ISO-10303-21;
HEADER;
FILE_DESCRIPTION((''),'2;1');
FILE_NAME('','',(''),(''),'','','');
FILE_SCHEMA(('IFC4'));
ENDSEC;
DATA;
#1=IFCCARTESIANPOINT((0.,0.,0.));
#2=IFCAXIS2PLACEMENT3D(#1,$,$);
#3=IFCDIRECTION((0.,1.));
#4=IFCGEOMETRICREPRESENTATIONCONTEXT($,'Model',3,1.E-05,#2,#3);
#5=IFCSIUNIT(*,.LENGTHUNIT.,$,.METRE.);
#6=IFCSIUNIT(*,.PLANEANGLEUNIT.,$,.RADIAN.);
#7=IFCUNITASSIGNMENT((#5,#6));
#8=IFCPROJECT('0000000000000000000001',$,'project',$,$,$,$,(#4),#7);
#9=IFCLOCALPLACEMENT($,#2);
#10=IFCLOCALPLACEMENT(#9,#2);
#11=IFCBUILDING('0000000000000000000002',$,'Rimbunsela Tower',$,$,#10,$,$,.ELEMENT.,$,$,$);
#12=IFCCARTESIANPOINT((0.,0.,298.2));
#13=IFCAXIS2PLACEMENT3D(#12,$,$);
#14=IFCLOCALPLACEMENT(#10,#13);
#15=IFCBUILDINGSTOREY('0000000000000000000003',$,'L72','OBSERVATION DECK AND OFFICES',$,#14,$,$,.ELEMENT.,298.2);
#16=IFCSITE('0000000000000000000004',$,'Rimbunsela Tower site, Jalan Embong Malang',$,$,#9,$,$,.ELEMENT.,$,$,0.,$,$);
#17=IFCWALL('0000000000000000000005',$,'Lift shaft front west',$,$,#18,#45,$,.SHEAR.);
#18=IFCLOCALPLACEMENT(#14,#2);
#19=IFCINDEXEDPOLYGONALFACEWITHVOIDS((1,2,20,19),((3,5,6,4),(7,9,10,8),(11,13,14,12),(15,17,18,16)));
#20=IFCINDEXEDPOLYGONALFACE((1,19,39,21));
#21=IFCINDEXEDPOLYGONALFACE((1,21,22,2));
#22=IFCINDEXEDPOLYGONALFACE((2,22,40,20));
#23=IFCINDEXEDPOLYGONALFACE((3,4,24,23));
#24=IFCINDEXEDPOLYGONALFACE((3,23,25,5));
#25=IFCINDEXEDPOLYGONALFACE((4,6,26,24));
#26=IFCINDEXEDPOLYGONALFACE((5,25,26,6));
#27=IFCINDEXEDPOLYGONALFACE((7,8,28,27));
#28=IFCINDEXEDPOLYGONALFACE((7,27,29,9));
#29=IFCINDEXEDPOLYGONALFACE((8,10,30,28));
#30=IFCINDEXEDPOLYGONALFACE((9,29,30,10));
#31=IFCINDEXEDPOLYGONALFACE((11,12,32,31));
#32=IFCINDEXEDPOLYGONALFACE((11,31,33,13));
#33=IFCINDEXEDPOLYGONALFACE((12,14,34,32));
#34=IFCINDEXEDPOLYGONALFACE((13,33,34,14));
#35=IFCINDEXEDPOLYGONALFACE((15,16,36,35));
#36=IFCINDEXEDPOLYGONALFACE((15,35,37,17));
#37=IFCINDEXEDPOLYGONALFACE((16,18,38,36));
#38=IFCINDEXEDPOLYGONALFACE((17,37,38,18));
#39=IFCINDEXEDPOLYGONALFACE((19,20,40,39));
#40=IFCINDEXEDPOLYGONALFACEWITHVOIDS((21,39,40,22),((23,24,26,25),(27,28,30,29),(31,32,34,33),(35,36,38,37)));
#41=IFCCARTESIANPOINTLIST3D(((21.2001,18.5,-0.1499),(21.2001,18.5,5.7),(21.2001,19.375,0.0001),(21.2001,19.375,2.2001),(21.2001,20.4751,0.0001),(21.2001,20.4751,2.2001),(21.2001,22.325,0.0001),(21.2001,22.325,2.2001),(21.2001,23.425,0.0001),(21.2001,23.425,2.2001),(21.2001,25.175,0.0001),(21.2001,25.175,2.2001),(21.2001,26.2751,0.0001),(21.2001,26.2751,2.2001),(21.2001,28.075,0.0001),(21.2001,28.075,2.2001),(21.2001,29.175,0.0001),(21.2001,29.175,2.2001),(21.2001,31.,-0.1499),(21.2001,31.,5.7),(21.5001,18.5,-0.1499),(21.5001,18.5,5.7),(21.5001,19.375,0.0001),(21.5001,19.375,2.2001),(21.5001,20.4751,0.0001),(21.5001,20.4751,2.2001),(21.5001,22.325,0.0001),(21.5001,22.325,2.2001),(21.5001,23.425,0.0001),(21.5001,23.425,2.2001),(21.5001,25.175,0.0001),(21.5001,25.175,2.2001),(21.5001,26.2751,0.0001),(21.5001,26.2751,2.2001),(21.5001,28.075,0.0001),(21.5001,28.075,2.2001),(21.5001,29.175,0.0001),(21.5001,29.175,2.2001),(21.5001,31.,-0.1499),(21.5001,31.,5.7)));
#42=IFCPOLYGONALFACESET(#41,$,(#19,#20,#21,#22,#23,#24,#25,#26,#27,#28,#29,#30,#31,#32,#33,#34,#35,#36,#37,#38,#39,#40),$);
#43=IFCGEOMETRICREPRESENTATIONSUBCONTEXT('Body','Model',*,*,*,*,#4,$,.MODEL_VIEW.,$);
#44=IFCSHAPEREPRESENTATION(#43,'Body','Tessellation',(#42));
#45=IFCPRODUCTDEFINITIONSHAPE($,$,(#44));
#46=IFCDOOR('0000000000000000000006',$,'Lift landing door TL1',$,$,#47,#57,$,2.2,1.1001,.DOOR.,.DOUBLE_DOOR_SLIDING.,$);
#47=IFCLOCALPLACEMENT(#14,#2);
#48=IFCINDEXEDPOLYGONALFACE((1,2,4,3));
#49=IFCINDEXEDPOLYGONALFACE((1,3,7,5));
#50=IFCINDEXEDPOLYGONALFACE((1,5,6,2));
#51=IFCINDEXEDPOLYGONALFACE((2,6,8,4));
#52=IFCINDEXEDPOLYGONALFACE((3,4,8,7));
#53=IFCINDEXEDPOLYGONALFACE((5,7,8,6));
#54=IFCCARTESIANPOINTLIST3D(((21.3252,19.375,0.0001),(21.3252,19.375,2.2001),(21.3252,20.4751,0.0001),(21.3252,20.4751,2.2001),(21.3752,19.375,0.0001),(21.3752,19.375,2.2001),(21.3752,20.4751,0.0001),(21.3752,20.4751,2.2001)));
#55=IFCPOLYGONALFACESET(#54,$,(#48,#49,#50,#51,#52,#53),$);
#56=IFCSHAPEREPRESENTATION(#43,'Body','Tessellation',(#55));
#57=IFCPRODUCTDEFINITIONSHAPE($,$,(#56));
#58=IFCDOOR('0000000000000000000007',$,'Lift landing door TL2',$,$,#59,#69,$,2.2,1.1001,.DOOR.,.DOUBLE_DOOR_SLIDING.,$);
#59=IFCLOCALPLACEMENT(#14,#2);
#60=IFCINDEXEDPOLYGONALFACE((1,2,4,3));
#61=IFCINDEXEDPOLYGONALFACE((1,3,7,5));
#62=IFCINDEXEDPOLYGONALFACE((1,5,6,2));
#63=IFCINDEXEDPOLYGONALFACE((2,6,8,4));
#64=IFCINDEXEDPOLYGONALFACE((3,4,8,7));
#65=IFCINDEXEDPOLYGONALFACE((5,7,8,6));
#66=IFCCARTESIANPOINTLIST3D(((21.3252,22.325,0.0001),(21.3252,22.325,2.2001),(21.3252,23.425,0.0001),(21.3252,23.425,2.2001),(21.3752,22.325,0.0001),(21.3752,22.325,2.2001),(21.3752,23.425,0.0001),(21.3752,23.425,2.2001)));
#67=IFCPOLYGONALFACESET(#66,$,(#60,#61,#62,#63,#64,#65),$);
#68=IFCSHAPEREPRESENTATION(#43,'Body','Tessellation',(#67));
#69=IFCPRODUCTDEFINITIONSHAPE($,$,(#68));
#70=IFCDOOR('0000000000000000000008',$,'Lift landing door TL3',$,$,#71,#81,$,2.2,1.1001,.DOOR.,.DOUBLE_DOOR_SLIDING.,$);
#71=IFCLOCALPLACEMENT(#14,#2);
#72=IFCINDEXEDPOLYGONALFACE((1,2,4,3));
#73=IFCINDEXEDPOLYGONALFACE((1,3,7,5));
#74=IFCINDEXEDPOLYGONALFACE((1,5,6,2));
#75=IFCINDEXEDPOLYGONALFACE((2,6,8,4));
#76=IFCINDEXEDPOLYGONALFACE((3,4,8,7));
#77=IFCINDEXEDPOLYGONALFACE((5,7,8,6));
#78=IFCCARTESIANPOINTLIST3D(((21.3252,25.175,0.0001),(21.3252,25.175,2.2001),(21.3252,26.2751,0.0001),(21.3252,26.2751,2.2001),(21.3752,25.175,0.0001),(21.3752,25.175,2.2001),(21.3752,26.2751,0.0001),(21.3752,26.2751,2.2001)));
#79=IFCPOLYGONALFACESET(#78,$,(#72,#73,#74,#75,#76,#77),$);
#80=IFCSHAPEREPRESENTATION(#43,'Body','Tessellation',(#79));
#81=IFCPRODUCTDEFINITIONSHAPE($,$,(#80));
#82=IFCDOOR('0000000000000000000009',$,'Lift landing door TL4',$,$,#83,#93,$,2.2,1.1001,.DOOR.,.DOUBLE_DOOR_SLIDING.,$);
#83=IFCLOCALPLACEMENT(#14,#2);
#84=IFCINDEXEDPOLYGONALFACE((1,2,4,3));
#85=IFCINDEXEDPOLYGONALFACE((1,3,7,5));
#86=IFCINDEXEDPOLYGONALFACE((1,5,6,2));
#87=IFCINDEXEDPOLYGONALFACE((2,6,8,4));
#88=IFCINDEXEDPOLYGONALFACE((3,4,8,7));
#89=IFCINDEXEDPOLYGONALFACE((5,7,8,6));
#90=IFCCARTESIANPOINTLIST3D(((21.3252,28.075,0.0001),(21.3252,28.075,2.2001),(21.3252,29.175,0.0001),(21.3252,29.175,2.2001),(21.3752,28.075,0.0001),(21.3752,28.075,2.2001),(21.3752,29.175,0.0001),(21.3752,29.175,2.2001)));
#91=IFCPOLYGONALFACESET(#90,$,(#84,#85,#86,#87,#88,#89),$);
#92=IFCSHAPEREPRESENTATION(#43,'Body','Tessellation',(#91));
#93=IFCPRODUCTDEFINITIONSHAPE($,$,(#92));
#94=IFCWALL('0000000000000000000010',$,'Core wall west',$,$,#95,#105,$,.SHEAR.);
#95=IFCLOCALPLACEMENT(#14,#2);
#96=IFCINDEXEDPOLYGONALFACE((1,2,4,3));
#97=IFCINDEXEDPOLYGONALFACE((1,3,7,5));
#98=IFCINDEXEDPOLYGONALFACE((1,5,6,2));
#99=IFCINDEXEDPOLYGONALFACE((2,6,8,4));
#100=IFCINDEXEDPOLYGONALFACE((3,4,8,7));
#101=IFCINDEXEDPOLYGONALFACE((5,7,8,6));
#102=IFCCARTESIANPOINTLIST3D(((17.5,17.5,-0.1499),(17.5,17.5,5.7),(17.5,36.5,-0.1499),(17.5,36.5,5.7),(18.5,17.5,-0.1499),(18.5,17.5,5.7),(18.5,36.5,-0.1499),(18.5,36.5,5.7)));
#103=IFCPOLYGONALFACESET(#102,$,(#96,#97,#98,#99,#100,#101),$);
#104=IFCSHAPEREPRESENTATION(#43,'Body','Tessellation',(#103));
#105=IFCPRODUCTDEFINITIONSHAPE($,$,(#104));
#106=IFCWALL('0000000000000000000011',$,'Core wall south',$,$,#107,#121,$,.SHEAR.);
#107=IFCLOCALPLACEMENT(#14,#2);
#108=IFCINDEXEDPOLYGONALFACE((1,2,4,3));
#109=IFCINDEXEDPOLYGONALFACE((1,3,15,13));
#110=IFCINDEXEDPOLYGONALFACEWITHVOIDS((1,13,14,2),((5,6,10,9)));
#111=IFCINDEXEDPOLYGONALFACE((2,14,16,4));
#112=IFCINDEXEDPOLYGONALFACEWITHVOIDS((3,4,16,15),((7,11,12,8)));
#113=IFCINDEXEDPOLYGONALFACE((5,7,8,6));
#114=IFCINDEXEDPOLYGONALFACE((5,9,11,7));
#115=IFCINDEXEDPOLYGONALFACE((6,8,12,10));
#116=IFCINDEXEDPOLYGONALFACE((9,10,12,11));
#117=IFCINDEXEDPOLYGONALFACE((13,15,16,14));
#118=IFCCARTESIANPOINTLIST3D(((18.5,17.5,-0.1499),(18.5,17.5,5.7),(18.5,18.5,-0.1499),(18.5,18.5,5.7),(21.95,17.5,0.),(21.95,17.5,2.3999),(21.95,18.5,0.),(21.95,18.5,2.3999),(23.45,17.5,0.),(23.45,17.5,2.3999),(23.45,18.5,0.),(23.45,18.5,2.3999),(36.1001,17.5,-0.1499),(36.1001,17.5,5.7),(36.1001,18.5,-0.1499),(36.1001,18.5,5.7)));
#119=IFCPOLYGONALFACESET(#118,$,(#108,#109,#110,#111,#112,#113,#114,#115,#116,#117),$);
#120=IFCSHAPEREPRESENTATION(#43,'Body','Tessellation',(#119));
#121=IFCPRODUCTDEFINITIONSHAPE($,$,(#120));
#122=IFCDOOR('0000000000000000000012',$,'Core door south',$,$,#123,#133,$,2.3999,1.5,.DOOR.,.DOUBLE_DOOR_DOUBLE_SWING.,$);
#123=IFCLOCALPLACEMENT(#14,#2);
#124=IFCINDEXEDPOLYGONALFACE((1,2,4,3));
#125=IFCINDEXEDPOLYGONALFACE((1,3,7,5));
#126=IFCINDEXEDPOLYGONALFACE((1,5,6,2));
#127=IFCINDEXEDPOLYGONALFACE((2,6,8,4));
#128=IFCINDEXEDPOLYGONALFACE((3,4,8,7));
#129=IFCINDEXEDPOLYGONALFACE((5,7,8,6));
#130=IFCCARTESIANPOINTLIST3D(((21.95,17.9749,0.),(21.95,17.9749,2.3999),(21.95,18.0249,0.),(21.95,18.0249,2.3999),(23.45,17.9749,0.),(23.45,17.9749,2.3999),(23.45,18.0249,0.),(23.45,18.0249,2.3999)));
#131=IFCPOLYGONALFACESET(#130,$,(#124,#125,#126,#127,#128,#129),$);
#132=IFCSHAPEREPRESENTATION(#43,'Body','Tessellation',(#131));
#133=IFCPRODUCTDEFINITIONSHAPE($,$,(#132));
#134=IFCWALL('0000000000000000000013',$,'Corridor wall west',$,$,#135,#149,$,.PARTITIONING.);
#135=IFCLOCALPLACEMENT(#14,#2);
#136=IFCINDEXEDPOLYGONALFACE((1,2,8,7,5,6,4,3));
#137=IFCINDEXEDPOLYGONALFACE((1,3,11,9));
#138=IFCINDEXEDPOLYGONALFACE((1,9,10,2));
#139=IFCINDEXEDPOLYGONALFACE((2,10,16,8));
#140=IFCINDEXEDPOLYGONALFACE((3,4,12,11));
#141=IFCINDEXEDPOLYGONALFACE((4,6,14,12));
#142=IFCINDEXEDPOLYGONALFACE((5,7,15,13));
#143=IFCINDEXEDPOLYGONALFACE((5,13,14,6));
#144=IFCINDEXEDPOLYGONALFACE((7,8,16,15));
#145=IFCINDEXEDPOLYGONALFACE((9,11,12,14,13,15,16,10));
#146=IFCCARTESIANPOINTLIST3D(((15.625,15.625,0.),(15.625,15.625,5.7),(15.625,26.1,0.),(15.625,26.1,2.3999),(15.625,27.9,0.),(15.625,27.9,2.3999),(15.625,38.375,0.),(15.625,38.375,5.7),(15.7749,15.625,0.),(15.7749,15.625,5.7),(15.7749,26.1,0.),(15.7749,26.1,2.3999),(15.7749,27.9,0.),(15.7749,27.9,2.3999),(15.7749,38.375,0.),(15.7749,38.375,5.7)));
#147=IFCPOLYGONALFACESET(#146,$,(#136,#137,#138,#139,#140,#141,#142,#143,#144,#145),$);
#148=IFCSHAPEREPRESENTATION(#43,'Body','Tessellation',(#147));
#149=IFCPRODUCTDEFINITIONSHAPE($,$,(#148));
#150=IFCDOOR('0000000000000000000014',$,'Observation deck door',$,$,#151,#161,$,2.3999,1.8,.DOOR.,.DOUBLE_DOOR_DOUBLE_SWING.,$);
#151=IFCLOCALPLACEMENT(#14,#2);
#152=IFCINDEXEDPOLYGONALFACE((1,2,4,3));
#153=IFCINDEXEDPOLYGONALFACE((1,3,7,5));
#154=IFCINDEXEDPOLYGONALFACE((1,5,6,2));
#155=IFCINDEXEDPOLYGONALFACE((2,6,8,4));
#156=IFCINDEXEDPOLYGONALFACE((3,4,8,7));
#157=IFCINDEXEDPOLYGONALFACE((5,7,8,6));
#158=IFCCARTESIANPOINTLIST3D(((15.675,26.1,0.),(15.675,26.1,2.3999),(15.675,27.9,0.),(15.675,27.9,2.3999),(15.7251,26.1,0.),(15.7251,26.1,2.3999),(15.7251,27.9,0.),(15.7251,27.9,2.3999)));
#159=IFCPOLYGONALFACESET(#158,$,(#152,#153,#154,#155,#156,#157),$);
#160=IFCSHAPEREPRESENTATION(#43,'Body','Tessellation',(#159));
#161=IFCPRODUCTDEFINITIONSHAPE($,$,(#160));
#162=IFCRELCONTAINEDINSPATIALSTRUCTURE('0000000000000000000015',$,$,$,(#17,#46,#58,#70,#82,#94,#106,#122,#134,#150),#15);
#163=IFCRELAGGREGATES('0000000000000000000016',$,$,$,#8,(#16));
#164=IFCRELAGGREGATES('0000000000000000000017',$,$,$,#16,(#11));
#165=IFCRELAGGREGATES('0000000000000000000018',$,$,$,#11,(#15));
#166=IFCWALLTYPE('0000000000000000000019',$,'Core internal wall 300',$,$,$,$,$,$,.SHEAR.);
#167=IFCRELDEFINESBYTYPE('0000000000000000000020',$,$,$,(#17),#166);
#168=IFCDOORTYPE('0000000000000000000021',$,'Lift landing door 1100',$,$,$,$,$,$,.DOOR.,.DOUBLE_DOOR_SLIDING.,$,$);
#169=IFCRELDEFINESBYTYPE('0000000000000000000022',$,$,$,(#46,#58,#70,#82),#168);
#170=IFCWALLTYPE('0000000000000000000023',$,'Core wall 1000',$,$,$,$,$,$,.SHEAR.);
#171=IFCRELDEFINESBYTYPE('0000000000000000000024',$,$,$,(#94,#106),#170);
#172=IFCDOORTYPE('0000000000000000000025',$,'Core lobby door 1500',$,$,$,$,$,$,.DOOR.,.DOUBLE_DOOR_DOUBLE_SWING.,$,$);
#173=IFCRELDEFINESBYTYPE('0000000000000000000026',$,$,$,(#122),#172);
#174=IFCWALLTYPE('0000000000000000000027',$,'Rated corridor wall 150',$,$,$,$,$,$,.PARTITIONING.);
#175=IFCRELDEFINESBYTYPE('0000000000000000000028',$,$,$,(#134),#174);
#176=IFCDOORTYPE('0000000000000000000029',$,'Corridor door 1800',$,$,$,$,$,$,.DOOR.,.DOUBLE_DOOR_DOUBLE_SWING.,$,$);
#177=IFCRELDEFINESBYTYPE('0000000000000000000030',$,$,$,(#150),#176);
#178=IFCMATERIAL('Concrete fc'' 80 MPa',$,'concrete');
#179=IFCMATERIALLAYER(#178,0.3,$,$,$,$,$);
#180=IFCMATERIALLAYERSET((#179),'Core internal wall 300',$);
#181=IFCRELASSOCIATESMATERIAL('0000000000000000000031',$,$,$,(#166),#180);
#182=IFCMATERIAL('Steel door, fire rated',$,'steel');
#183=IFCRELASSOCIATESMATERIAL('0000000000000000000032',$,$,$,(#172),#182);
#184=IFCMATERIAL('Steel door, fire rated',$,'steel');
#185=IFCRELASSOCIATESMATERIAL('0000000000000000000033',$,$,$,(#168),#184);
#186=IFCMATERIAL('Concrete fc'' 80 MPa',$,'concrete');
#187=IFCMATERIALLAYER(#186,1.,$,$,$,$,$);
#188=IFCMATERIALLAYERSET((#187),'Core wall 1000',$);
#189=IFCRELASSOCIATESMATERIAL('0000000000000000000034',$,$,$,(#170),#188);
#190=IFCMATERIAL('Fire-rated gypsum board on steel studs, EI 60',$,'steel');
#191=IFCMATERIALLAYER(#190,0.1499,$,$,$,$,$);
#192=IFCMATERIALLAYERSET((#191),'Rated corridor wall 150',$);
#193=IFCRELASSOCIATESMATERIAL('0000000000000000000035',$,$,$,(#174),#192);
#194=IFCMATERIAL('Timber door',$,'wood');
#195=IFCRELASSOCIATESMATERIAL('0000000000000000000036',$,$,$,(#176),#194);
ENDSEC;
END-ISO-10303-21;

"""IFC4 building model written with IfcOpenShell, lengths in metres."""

from ifc_helpers import new_model, si_unit, direction, frame, frame_2d, origin, place, context, subcontext, project, spatial, rectangle, extrude, material, layer, layer_set, type_object, element, fill, save


model = new_model("IFC4")

# Units and contexts
model_context = context("Model", 3, precision=1e-05, world=origin(), true_north=direction((0.0, 1.0)))
body_context = subcontext(model_context, "Body", "Model", "MODEL_VIEW")
ifc_project = project(units=[si_unit("LENGTHUNIT", "METRE"), si_unit("PLANEANGLEUNIT", "RADIAN")], contexts=[model_context])

# Site, building, storey
site_placement = place(None, origin())
site = spatial("IfcSite", under=ifc_project, at=site_placement, Name="Rimbunsela Tower site, Jalan Embong Malang", CompositionType="ELEMENT", RefElevation=0.0)
building_placement = place(site_placement, origin())
building = spatial("IfcBuilding", under=site, at=building_placement, Name="Rimbunsela Tower", CompositionType="ELEMENT")
storey_placement = place(building_placement, frame((0.0, 0.0, 298.2)))
storey = spatial("IfcBuildingStorey", under=building, at=storey_placement, Name="L72", Description="OBSERVATION DECK AND OFFICES", CompositionType="ELEMENT", Elevation=298.2)

# Shared definitions
ifc_material_1 = material(Name="Concrete fc' 80 MPa", Category="concrete")
ifc_layer_1 = layer(ifc_material_1, 0.3)
ifc_layer_set_1 = layer_set([ifc_layer_1], Name="Core internal wall 300")
wall_type_1 = type_object("IfcWallType", Name="Core internal wall 300", PredefinedType="SHEAR", material=ifc_layer_set_1)
ifc_material_2 = material(Name="Steel door, fire rated", Category="steel")
door_type_1 = type_object("IfcDoorType", Name="Core lobby door 1500", OperationType="DOUBLE_DOOR_DOUBLE_SWING", PredefinedType="DOOR", material=ifc_material_2)

# Wall, openings, doors
wall_1_placement = place(storey_placement, frame((21.3501, 18.5, -0.1499), z_axis=(0.0, 0.0, 1.0), x_axis=(0.0, 1.0, 0.0)))
wall_1 = element("IfcWall", 1, at=wall_1_placement, inside=storey, type_object=wall_type_1, Name="Lift shaft front west", PredefinedType="SHEAR", context=body_context, shape_type="SweptSolid", body=[
    extrude(rectangle(XDim=12.5, YDim=0.3, at=frame_2d((6.25, 0.0))), origin(), (0.0, 0.0, 1.0), 5.8499),
])
opening_1_placement = place(wall_1_placement, frame((0.875, 0.0, 0.1499)))
opening_1 = element("IfcOpeningElement", 2, at=opening_1_placement, cuts=wall_1, PredefinedType="OPENING", context=body_context, shape_type="SweptSolid", body=[
    extrude(rectangle(XDim=1.1001, YDim=2.2, at=frame_2d((0.55, 1.1001))), frame((0.0, 0.1599, 0.0), z_axis=(0.0, -1.0, 0.0), x_axis=(1.0, 0.0, 0.0)), (0.0, 0.0, 1.0), 0.3201),
])
opening_2_placement = place(wall_1_placement, frame((3.825, 0.0, 0.1499)))
opening_2 = element("IfcOpeningElement", 3, at=opening_2_placement, cuts=wall_1, PredefinedType="OPENING", context=body_context, shape_type="SweptSolid", body=[
    extrude(rectangle(XDim=1.1001, YDim=2.2, at=frame_2d((0.55, 1.1001))), frame((0.0, 0.1599, 0.0), z_axis=(0.0, -1.0, 0.0), x_axis=(1.0, 0.0, 0.0)), (0.0, 0.0, 1.0), 0.3201),
])
opening_3_placement = place(wall_1_placement, frame((6.675, 0.0, 0.1499)))
opening_3 = element("IfcOpeningElement", 4, at=opening_3_placement, cuts=wall_1, PredefinedType="OPENING", context=body_context, shape_type="SweptSolid", body=[
    extrude(rectangle(XDim=1.1001, YDim=2.2, at=frame_2d((0.55, 1.1001))), frame((0.0, 0.1599, 0.0), z_axis=(0.0, -1.0, 0.0), x_axis=(1.0, 0.0, 0.0)), (0.0, 0.0, 1.0), 0.3201),
])
opening_4_placement = place(wall_1_placement, frame((9.575, 0.0, 0.1499)))
opening_4 = element("IfcOpeningElement", 5, at=opening_4_placement, cuts=wall_1, PredefinedType="OPENING", context=body_context, shape_type="SweptSolid", body=[
    extrude(rectangle(XDim=1.1001, YDim=2.2, at=frame_2d((0.55, 1.1001))), frame((0.0, 0.1599, 0.0), z_axis=(0.0, -1.0, 0.0), x_axis=(1.0, 0.0, 0.0)), (0.0, 0.0, 1.0), 0.3201),
])
ifc_material_3 = material(Name="Steel door, fire rated", Category="steel")
door_type_2 = type_object("IfcDoorType", Name="Lift landing door 1100", OperationType="DOUBLE_DOOR_SLIDING", PredefinedType="DOOR", material=ifc_material_3)
door_1_placement = place(opening_1_placement, origin())
door_1 = element("IfcDoor", 6, at=door_1_placement, inside=storey, type_object=door_type_2, Name="Lift landing door TL1", OperationType="DOUBLE_DOOR_SLIDING", OverallHeight=2.2, OverallWidth=1.1001, PredefinedType="DOOR", context=body_context, shape_type="SweptSolid", body=[
    extrude(rectangle(XDim=1.1001, YDim=2.2, at=frame_2d((0.55, 1.1001))), frame((0.0, 0.0249, 0.0), z_axis=(0.0, -1.0, 0.0), x_axis=(1.0, 0.0, 0.0)), (0.0, 0.0, 1.0), 0.05),
])
fill(opening_1, door_1)
door_2_placement = place(opening_2_placement, origin())
door_2 = element("IfcDoor", 7, at=door_2_placement, inside=storey, type_object=door_type_2, Name="Lift landing door TL2", OperationType="DOUBLE_DOOR_SLIDING", OverallHeight=2.2, OverallWidth=1.1001, PredefinedType="DOOR", context=body_context, shape_type="SweptSolid", body=[
    extrude(rectangle(XDim=1.1001, YDim=2.2, at=frame_2d((0.55, 1.1001))), frame((0.0, 0.0249, 0.0), z_axis=(0.0, -1.0, 0.0), x_axis=(1.0, 0.0, 0.0)), (0.0, 0.0, 1.0), 0.05),
])
fill(opening_2, door_2)
door_3_placement = place(opening_3_placement, origin())
door_3 = element("IfcDoor", 8, at=door_3_placement, inside=storey, type_object=door_type_2, Name="Lift landing door TL3", OperationType="DOUBLE_DOOR_SLIDING", OverallHeight=2.2, OverallWidth=1.1001, PredefinedType="DOOR", context=body_context, shape_type="SweptSolid", body=[
    extrude(rectangle(XDim=1.1001, YDim=2.2, at=frame_2d((0.55, 1.1001))), frame((0.0, 0.0249, 0.0), z_axis=(0.0, -1.0, 0.0), x_axis=(1.0, 0.0, 0.0)), (0.0, 0.0, 1.0), 0.05),
])
fill(opening_3, door_3)
door_4_placement = place(opening_4_placement, origin())
door_4 = element("IfcDoor", 9, at=door_4_placement, inside=storey, type_object=door_type_2, Name="Lift landing door TL4", OperationType="DOUBLE_DOOR_SLIDING", OverallHeight=2.2, OverallWidth=1.1001, PredefinedType="DOOR", context=body_context, shape_type="SweptSolid", body=[
    extrude(rectangle(XDim=1.1001, YDim=2.2, at=frame_2d((0.55, 1.1001))), frame((0.0, 0.0249, 0.0), z_axis=(0.0, -1.0, 0.0), x_axis=(1.0, 0.0, 0.0)), (0.0, 0.0, 1.0), 0.05),
])
fill(opening_4, door_4)

# Wall
ifc_material_4 = material(Name="Concrete fc' 80 MPa", Category="concrete")
ifc_layer_2 = layer(ifc_material_4, 1.0)
ifc_layer_set_2 = layer_set([ifc_layer_2], Name="Core wall 1000")
wall_type_2 = type_object("IfcWallType", Name="Core wall 1000", PredefinedType="SHEAR", material=ifc_layer_set_2)
wall_2_placement = place(storey_placement, frame((18.0, 17.5, -0.1499), z_axis=(0.0, 0.0, 1.0), x_axis=(0.0, 1.0, 0.0)))
element("IfcWall", 10, at=wall_2_placement, inside=storey, type_object=wall_type_2, Name="Core wall west", PredefinedType="SHEAR", context=body_context, shape_type="SweptSolid", body=[
    extrude(rectangle(XDim=19.0, YDim=1.0, at=frame_2d((9.5, 0.0))), origin(), (0.0, 0.0, 1.0), 5.8499),
])

# Walls, openings, doors
wall_3_placement = place(storey_placement, frame((18.5, 18.0, -0.1499), z_axis=(0.0, 0.0, 1.0), x_axis=(1.0, 0.0, 0.0)))
wall_3 = element("IfcWall", 11, at=wall_3_placement, inside=storey, type_object=wall_type_2, Name="Core wall south", PredefinedType="SHEAR", context=body_context, shape_type="SweptSolid", body=[
    extrude(rectangle(XDim=17.6001, YDim=1.0, at=frame_2d((8.8, 0.0))), origin(), (0.0, 0.0, 1.0), 5.8499),
])
opening_5_placement = place(wall_3_placement, frame((3.45, 0.0, 0.1499)))
opening_5 = element("IfcOpeningElement", 12, at=opening_5_placement, cuts=wall_3, PredefinedType="OPENING", context=body_context, shape_type="SweptSolid", body=[
    extrude(rectangle(XDim=1.5, YDim=2.3999, at=frame_2d((0.75, 1.2))), frame((0.0, 0.51, 0.0), z_axis=(0.0, -1.0, 0.0), x_axis=(1.0, 0.0, 0.0)), (0.0, 0.0, 1.0), 1.02),
])
door_5_placement = place(opening_5_placement, origin())
door_5 = element("IfcDoor", 13, at=door_5_placement, inside=storey, type_object=door_type_1, Name="Core door south", OperationType="DOUBLE_DOOR_DOUBLE_SWING", OverallHeight=2.3999, OverallWidth=1.5, PredefinedType="DOOR", context=body_context, shape_type="SweptSolid", body=[
    extrude(rectangle(XDim=1.5, YDim=2.3999, at=frame_2d((0.75, 1.2))), frame((0.0, 0.0249, 0.0), z_axis=(0.0, -1.0, 0.0), x_axis=(1.0, 0.0, 0.0)), (0.0, 0.0, 1.0), 0.05),
])
fill(opening_5, door_5)
ifc_material_5 = material(Name="Fire-rated gypsum board on steel studs, EI 60", Category="steel")
ifc_layer_3 = layer(ifc_material_5, 0.1499)
ifc_layer_set_3 = layer_set([ifc_layer_3], Name="Rated corridor wall 150")
wall_type_3 = type_object("IfcWallType", Name="Rated corridor wall 150", PredefinedType="PARTITIONING", material=ifc_layer_set_3)
wall_4_placement = place(storey_placement, frame((15.7, 15.625, 0.0), z_axis=(0.0, 0.0, 1.0), x_axis=(0.0, 1.0, 0.0)))
wall_4 = element("IfcWall", 14, at=wall_4_placement, inside=storey, type_object=wall_type_3, Name="Corridor wall west", PredefinedType="PARTITIONING", context=body_context, shape_type="SweptSolid", body=[
    extrude(rectangle(XDim=22.75, YDim=0.1499, at=frame_2d((11.375, 0.0))), origin(), (0.0, 0.0, 1.0), 5.7),
])
opening_6_placement = place(wall_4_placement, frame((10.4751, 0.0, 0.0)))
opening_6 = element("IfcOpeningElement", 15, at=opening_6_placement, cuts=wall_4, PredefinedType="OPENING", context=body_context, shape_type="SweptSolid", body=[
    extrude(rectangle(XDim=1.8, YDim=2.3999, at=frame_2d((0.8999, 1.2))), frame((0.0, 0.085, 0.0), z_axis=(0.0, -1.0, 0.0), x_axis=(1.0, 0.0, 0.0)), (0.0, 0.0, 1.0), 0.1699),
])
ifc_material_6 = material(Name="Timber door", Category="wood")
door_type_3 = type_object("IfcDoorType", Name="Corridor door 1800", OperationType="DOUBLE_DOOR_DOUBLE_SWING", PredefinedType="DOOR", material=ifc_material_6)
door_6_placement = place(opening_6_placement, origin())
door_6 = element("IfcDoor", 16, at=door_6_placement, inside=storey, type_object=door_type_3, Name="Observation deck door", OperationType="DOUBLE_DOOR_DOUBLE_SWING", OverallHeight=2.3999, OverallWidth=1.8, PredefinedType="DOOR", context=body_context, shape_type="SweptSolid", body=[
    extrude(rectangle(XDim=1.8, YDim=2.3999, at=frame_2d((0.8999, 1.2))), frame((0.0, 0.0249, 0.0), z_axis=(0.0, -1.0, 0.0), x_axis=(1.0, 0.0, 0.0)), (0.0, 0.0, 1.0), 0.05),
])
fill(opening_6, door_6)

save(model, "model.ifc")
